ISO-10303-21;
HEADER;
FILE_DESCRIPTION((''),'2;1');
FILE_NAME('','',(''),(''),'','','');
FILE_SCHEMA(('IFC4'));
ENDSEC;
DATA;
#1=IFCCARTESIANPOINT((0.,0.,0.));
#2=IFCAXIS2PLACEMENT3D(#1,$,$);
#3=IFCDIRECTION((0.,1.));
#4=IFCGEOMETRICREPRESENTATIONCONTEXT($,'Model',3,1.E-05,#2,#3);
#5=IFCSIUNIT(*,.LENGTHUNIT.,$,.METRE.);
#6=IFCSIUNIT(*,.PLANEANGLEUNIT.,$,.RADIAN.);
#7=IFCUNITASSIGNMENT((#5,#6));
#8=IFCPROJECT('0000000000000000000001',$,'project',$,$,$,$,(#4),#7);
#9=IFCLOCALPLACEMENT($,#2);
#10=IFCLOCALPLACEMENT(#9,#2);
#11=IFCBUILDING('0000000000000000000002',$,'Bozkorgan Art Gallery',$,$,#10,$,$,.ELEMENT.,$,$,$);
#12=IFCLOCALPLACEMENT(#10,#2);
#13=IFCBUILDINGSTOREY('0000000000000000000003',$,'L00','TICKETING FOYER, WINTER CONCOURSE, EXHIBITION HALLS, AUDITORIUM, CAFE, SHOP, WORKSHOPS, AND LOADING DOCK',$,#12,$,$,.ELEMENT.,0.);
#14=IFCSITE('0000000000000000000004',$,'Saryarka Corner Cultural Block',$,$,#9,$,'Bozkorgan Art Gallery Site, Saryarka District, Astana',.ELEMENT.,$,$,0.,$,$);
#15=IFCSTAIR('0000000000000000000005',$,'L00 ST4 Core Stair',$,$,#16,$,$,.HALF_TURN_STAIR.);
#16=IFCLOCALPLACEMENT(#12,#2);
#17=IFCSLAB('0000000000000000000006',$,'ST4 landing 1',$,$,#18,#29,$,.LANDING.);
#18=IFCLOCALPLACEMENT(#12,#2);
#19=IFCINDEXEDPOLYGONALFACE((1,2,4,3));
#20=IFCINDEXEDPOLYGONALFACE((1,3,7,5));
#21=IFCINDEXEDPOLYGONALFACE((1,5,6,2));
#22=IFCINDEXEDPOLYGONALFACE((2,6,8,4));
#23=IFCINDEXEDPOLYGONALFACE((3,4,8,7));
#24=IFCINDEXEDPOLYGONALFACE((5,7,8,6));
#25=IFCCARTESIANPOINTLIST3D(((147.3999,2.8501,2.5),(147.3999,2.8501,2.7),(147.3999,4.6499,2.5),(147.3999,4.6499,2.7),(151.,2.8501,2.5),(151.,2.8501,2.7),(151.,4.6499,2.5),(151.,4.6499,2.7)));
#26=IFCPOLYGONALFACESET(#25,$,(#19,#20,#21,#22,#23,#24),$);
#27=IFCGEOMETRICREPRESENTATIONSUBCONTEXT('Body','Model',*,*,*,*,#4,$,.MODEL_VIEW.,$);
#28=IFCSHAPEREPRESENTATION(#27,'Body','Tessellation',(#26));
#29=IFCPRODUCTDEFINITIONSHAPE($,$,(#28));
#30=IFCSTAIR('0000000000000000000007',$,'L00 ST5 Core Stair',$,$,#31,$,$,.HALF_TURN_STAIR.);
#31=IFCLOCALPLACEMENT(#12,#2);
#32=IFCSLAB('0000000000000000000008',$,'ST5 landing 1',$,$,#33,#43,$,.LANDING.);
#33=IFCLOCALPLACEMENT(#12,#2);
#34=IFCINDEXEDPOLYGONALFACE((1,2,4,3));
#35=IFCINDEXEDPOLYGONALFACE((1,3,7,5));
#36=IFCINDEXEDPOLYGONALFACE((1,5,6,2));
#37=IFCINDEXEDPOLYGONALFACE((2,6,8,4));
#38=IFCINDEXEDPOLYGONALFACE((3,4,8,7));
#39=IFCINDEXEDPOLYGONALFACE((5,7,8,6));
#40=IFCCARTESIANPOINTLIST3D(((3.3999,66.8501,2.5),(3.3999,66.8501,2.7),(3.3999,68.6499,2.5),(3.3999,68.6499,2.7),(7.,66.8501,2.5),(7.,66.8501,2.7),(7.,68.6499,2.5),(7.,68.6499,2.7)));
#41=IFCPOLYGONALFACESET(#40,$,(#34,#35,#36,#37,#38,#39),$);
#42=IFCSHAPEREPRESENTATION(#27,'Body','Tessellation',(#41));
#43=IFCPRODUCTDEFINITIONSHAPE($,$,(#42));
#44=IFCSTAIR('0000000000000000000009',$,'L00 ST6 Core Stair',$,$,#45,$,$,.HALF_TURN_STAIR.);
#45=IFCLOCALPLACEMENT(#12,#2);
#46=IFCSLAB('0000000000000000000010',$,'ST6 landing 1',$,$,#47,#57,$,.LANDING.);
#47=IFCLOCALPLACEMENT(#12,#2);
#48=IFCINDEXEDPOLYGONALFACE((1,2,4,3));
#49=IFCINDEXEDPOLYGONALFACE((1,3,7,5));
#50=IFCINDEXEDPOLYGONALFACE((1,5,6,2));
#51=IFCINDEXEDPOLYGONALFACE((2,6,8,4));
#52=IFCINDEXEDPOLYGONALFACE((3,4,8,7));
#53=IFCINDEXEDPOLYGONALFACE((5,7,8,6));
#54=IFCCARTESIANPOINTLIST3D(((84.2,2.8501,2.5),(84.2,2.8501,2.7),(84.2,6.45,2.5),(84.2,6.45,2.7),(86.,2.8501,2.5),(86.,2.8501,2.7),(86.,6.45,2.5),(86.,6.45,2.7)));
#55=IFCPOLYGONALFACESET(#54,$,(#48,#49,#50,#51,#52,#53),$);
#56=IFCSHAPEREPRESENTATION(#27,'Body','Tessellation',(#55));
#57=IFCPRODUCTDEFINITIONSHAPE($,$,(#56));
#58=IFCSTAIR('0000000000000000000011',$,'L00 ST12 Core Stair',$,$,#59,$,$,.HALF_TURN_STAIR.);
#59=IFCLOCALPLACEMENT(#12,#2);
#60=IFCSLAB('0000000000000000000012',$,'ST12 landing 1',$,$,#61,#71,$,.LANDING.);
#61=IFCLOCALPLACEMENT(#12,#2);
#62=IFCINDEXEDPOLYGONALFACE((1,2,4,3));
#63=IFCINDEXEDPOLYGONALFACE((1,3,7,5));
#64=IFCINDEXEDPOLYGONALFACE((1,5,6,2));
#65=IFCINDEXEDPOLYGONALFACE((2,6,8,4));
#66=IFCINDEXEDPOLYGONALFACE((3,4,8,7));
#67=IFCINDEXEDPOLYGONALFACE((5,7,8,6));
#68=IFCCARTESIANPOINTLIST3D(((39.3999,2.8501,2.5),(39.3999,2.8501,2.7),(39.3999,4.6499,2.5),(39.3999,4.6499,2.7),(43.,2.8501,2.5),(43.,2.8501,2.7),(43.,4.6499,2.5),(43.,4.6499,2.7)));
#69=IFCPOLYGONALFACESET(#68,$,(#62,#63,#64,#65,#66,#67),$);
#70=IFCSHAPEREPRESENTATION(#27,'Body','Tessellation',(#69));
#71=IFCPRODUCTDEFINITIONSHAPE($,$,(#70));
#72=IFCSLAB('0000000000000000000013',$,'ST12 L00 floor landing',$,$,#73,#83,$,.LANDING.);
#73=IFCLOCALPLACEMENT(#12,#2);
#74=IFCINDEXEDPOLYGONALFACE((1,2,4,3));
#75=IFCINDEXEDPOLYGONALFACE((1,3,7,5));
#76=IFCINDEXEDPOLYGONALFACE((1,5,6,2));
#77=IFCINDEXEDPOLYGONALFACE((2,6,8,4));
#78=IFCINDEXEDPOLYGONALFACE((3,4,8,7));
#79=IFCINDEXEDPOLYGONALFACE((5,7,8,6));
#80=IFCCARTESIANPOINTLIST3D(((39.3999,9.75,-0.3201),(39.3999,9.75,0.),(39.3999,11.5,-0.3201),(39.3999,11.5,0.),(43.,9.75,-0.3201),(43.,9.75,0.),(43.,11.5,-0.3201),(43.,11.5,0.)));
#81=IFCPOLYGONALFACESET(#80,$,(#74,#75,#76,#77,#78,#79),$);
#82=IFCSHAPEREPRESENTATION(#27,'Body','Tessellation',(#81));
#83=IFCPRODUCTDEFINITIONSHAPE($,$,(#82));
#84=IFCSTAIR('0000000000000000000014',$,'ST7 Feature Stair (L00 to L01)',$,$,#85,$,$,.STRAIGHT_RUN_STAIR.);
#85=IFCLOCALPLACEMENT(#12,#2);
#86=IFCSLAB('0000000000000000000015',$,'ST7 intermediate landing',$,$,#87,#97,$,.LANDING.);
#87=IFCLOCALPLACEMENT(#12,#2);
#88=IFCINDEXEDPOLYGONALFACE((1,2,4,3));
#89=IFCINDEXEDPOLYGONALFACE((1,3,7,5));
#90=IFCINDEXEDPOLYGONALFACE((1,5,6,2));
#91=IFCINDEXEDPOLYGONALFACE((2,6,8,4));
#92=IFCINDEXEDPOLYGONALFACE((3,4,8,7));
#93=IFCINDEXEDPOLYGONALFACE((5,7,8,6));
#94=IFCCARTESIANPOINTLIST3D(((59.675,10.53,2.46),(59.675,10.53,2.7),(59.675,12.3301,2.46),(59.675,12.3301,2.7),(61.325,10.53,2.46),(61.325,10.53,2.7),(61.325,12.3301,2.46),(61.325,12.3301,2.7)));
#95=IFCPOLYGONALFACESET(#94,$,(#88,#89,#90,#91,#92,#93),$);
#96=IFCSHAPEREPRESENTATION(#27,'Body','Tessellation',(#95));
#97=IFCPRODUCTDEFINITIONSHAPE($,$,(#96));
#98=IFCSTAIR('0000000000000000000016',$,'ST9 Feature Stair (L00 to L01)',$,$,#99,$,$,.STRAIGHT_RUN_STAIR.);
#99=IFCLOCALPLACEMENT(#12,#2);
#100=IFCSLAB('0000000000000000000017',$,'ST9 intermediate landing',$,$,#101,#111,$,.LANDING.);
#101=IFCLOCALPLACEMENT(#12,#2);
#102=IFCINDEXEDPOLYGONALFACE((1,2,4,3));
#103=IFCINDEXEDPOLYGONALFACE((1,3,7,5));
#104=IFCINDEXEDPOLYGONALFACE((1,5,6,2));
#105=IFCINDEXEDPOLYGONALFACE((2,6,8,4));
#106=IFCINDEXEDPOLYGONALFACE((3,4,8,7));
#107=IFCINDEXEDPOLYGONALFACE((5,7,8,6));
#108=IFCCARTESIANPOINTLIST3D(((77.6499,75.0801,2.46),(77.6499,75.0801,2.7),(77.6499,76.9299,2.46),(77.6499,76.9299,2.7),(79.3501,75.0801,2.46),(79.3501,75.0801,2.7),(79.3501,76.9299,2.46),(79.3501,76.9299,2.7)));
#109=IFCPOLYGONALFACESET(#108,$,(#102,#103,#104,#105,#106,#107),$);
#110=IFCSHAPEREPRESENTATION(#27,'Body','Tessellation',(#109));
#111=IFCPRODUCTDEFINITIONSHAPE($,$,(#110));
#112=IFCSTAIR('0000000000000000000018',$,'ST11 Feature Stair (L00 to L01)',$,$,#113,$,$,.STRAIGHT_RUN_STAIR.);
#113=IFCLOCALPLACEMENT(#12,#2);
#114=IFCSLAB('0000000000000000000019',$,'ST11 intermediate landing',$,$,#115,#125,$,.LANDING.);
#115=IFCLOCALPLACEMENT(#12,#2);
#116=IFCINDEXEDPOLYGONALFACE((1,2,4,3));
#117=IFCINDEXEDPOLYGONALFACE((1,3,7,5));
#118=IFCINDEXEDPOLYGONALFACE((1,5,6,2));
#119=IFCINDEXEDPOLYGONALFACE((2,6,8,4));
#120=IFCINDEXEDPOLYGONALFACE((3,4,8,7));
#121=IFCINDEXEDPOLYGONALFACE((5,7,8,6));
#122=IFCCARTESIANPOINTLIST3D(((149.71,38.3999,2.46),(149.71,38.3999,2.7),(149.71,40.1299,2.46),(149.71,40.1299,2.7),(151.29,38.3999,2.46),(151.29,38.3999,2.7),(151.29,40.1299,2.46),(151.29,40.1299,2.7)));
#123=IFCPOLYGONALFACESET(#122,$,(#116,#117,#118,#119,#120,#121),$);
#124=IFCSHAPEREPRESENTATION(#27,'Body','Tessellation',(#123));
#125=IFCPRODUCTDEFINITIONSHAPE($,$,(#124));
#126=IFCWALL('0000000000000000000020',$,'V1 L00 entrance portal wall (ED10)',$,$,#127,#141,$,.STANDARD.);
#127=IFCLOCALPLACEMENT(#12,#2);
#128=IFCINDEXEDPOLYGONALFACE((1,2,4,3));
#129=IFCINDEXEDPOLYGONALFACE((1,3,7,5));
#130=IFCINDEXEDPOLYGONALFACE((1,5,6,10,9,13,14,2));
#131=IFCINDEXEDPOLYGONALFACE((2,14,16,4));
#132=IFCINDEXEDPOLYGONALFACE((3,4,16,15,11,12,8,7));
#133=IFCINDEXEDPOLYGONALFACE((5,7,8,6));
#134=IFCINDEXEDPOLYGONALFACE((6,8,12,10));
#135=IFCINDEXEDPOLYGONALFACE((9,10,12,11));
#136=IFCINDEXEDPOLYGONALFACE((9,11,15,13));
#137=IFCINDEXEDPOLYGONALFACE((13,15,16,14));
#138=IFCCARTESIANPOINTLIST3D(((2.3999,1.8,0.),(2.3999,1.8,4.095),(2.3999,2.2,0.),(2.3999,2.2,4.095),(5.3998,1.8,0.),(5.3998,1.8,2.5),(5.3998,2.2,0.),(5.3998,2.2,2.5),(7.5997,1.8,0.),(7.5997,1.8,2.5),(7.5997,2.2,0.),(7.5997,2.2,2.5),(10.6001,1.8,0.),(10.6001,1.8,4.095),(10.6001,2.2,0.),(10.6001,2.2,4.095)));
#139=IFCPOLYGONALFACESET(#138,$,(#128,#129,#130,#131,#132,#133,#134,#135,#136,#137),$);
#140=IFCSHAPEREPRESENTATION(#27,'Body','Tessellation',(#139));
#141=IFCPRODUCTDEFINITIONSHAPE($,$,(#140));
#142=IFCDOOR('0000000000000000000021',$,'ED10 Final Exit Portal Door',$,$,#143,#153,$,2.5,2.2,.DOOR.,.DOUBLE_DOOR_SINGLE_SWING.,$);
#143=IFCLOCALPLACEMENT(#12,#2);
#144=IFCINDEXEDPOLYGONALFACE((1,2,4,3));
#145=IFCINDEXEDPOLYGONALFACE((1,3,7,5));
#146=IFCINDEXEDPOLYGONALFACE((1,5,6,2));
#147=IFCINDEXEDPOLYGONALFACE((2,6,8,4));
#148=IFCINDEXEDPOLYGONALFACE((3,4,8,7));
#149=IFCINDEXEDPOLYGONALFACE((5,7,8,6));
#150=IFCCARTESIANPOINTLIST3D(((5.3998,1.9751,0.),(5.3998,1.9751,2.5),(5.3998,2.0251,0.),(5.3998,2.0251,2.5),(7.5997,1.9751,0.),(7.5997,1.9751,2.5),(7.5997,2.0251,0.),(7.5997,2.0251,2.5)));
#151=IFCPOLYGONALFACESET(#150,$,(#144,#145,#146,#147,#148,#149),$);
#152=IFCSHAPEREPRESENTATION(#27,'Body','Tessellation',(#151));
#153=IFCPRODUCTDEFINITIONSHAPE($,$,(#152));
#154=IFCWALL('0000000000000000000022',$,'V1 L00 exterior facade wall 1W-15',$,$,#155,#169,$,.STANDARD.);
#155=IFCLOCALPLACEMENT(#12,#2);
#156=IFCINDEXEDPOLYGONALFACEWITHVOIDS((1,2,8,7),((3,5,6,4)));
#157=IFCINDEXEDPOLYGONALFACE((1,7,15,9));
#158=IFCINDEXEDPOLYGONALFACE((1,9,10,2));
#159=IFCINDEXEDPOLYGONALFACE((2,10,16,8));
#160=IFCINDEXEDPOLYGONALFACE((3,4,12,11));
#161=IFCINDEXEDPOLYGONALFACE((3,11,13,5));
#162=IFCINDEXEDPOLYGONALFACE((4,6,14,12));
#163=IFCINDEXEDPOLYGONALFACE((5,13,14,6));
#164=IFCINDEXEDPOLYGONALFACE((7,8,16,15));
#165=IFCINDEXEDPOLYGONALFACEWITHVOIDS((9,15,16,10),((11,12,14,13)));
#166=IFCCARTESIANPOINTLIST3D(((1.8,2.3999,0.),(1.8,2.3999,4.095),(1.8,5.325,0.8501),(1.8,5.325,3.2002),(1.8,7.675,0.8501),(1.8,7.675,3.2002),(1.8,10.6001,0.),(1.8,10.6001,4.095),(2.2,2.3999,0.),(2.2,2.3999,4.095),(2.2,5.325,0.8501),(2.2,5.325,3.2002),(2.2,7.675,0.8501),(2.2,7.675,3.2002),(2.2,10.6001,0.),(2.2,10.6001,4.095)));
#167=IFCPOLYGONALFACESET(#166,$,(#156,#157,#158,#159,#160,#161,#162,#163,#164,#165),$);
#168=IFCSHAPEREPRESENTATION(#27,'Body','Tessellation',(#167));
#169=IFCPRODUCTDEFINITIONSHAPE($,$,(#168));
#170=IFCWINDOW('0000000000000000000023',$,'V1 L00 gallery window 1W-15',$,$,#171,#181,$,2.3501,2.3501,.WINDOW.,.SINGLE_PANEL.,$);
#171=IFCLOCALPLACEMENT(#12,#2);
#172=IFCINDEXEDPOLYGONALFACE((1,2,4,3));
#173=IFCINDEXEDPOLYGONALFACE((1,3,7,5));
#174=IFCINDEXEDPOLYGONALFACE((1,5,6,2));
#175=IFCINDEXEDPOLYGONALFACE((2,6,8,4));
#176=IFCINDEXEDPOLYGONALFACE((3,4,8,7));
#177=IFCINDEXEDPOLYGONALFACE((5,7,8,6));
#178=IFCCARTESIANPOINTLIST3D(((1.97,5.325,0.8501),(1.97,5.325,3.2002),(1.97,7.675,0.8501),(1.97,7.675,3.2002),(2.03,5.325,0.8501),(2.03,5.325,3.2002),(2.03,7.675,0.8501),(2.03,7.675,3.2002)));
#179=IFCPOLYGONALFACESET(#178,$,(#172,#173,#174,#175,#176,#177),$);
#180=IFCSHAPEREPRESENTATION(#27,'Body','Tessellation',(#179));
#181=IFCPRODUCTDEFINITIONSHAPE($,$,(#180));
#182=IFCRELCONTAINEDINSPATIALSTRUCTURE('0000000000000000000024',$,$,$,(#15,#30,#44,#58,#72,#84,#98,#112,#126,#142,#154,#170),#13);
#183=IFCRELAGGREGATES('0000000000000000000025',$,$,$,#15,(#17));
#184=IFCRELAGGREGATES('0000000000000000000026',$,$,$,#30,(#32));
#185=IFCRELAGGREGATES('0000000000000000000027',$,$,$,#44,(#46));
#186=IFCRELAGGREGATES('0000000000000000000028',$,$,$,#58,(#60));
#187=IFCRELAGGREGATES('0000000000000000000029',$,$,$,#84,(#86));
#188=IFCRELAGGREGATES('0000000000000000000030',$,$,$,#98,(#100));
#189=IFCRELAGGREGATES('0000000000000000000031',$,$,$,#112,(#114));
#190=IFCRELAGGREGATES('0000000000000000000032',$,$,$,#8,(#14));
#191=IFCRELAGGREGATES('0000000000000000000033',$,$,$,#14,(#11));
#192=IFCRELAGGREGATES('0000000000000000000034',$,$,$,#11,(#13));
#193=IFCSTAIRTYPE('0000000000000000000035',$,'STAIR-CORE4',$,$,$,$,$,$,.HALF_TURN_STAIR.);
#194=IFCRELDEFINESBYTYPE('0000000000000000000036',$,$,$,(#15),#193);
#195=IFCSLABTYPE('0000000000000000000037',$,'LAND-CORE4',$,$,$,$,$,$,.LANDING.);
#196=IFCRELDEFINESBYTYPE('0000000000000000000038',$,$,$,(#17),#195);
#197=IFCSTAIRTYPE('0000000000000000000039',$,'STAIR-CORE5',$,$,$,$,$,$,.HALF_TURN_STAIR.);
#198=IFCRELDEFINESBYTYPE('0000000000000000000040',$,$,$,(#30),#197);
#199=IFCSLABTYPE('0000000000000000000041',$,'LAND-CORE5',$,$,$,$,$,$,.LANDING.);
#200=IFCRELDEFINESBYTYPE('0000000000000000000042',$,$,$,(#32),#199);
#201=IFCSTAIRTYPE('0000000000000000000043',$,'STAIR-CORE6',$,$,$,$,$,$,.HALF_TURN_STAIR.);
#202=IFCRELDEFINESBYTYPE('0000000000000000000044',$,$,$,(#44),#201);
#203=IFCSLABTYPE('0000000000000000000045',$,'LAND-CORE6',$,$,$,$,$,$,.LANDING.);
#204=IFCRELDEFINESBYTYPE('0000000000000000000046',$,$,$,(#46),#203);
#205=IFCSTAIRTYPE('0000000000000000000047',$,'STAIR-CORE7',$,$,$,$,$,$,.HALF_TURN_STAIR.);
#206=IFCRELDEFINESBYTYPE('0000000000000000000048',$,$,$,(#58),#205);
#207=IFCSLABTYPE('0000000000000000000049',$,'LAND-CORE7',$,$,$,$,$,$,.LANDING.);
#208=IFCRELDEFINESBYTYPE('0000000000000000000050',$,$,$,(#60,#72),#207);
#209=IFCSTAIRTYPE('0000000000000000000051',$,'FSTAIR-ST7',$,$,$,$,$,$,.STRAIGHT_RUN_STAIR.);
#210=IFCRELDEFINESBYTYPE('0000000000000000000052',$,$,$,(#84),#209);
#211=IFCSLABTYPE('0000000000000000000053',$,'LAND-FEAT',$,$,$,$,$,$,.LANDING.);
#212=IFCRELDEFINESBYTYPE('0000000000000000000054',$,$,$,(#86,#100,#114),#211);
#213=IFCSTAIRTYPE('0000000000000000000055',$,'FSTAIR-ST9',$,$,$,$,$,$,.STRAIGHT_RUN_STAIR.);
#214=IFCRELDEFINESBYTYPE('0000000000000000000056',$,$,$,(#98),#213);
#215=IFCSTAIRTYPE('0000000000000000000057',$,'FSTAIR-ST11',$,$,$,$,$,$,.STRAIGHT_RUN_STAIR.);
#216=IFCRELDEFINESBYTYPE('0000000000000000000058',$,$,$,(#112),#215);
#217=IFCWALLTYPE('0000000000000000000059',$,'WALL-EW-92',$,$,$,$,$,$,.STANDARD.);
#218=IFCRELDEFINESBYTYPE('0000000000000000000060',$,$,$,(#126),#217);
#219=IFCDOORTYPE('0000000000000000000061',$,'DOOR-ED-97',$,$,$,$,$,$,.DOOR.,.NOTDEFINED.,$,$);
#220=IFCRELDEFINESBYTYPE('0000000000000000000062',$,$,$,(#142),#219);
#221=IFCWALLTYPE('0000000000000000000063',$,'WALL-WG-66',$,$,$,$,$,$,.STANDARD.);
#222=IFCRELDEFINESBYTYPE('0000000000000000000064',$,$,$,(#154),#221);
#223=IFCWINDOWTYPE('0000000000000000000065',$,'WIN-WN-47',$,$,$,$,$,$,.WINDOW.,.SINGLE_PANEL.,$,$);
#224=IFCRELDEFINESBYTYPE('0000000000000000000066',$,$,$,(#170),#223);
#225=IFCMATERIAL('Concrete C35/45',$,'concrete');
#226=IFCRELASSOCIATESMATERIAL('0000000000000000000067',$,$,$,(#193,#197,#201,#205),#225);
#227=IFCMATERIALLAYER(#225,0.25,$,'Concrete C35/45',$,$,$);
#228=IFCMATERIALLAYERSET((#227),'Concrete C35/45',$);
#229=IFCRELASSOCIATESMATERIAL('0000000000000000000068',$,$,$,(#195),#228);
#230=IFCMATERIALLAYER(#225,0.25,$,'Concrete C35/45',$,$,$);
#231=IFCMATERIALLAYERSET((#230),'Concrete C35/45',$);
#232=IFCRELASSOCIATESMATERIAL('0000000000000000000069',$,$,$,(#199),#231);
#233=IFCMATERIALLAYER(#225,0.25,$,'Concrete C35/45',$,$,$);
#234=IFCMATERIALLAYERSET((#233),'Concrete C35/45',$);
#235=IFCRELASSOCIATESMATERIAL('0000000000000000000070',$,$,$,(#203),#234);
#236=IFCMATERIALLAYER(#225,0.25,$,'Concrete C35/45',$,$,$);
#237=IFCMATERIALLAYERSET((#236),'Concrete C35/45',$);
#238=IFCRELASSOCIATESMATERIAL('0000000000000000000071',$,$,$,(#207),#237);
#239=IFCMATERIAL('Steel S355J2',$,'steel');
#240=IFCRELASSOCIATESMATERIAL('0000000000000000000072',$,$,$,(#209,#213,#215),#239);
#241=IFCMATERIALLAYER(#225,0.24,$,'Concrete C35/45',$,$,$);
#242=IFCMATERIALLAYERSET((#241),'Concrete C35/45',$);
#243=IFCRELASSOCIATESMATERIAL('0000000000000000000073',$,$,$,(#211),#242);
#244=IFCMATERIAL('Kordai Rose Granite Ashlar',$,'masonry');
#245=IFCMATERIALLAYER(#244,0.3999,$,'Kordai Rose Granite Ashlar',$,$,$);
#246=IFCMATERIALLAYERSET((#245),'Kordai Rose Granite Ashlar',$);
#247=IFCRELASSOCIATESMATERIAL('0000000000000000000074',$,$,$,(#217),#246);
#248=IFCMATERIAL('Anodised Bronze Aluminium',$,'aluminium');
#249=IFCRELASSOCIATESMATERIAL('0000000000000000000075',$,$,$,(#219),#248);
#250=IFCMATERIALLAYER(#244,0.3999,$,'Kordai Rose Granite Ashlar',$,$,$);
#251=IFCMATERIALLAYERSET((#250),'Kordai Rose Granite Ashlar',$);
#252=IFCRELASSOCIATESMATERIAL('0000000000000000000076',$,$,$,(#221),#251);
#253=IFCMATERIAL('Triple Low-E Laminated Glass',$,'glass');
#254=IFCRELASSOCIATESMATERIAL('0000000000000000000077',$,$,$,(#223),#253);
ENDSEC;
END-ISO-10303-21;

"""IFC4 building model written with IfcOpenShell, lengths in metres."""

from ifc_helpers import new_model, si_unit, direction, frame, frame_2d, origin, place, context, subcontext, project, spatial, polyline, rectangle, outline, extrude, material, layer, layer_set, type_object, element, fill, aggregate, save


model = new_model("IFC4")

# Units and contexts
model_context = context("Model", 3, precision=1e-05, world=origin(), true_north=direction((0.0, 1.0)))
body_context = subcontext(model_context, "Body", "Model", "MODEL_VIEW")
ifc_project = project(units=[si_unit("LENGTHUNIT", "METRE"), si_unit("PLANEANGLEUNIT", "RADIAN")], contexts=[model_context])

# Site, building, storey
site_placement = place(None, origin())
site = spatial("IfcSite", under=ifc_project, at=site_placement, Name="Saryarka Corner Cultural Block", LongName="Bozkorgan Art Gallery Site, Saryarka District, Astana", CompositionType="ELEMENT", RefElevation=0.0)
building_placement = place(site_placement, origin())
building = spatial("IfcBuilding", under=site, at=building_placement, Name="Bozkorgan Art Gallery", CompositionType="ELEMENT")
storey_placement = place(building_placement, origin())
storey = spatial("IfcBuildingStorey", under=building, at=storey_placement, Name="L00", Description="TICKETING FOYER, WINTER CONCOURSE, EXHIBITION HALLS, AUDITORIUM, CAFE, SHOP, WORKSHOPS, AND LOADING DOCK", CompositionType="ELEMENT", Elevation=0.0)

# Shared definitions
ifc_material_1 = material(Name="Concrete C35/45", Category="concrete")
ifc_material_2 = material(Name="Steel S355J2", Category="steel")

# Stairs, slabs
stair_type_1 = type_object("IfcStairType", Name="STAIR-CORE4", PredefinedType="HALF_TURN_STAIR", material=ifc_material_1)
stair_1_placement = place(storey_placement, origin())
stair_1 = element("IfcStair", 1, at=stair_1_placement, inside=storey, type_object=stair_type_1, Name="L00 ST4 Core Stair", PredefinedType="HALF_TURN_STAIR")
ifc_layer_1 = layer(ifc_material_1, 0.25, Name="Concrete C35/45")
ifc_layer_set_1 = layer_set([ifc_layer_1], Name="Concrete C35/45")
slab_type_1 = type_object("IfcSlabType", Name="LAND-CORE4", PredefinedType="LANDING", material=ifc_layer_set_1)
slab_1_placement = place(storey_placement, frame((0.0, 0.0, 2.5)))
slab_1 = element("IfcSlab", 2, at=slab_1_placement, type_object=slab_type_1, Name="ST4 landing 1", PredefinedType="LANDING", context=body_context, shape_type="SweptSolid", body=[
    extrude(outline(polyline([(147.3999, 4.6499), (147.3999, 2.8501), (151.0, 2.8501), (151.0, 4.6499), (147.3999, 4.6499)])), origin(), (0.0, 0.0, 1.0), 0.2),
])
aggregate(stair_1, [slab_1])
stair_type_2 = type_object("IfcStairType", Name="STAIR-CORE5", PredefinedType="HALF_TURN_STAIR", material=ifc_material_1)
stair_2_placement = place(storey_placement, origin())
stair_2 = element("IfcStair", 3, at=stair_2_placement, inside=storey, type_object=stair_type_2, Name="L00 ST5 Core Stair", PredefinedType="HALF_TURN_STAIR")
ifc_layer_2 = layer(ifc_material_1, 0.25, Name="Concrete C35/45")
ifc_layer_set_2 = layer_set([ifc_layer_2], Name="Concrete C35/45")
slab_type_2 = type_object("IfcSlabType", Name="LAND-CORE5", PredefinedType="LANDING", material=ifc_layer_set_2)
slab_2_placement = place(storey_placement, frame((0.0, 0.0, 2.5)))
slab_2 = element("IfcSlab", 4, at=slab_2_placement, type_object=slab_type_2, Name="ST5 landing 1", PredefinedType="LANDING", context=body_context, shape_type="SweptSolid", body=[
    extrude(outline(polyline([(3.3999, 68.6499), (3.3999, 66.8501), (7.0, 66.8501), (7.0, 68.6499), (3.3999, 68.6499)])), origin(), (0.0, 0.0, 1.0), 0.2),
])
aggregate(stair_2, [slab_2])
stair_type_3 = type_object("IfcStairType", Name="STAIR-CORE6", PredefinedType="HALF_TURN_STAIR", material=ifc_material_1)
stair_3_placement = place(storey_placement, origin())
stair_3 = element("IfcStair", 5, at=stair_3_placement, inside=storey, type_object=stair_type_3, Name="L00 ST6 Core Stair", PredefinedType="HALF_TURN_STAIR")
ifc_layer_3 = layer(ifc_material_1, 0.25, Name="Concrete C35/45")
ifc_layer_set_3 = layer_set([ifc_layer_3], Name="Concrete C35/45")
slab_type_3 = type_object("IfcSlabType", Name="LAND-CORE6", PredefinedType="LANDING", material=ifc_layer_set_3)
slab_3_placement = place(storey_placement, frame((0.0, 0.0, 2.5)))
slab_3 = element("IfcSlab", 6, at=slab_3_placement, type_object=slab_type_3, Name="ST6 landing 1", PredefinedType="LANDING", context=body_context, shape_type="SweptSolid", body=[
    extrude(outline(polyline([(86.0, 6.45), (84.2, 6.45), (84.2, 2.8501), (86.0, 2.8501), (86.0, 6.45)])), origin(), (0.0, 0.0, 1.0), 0.2),
])
aggregate(stair_3, [slab_3])
stair_type_4 = type_object("IfcStairType", Name="STAIR-CORE7", PredefinedType="HALF_TURN_STAIR", material=ifc_material_1)
stair_4_placement = place(storey_placement, origin())
stair_4 = element("IfcStair", 7, at=stair_4_placement, inside=storey, type_object=stair_type_4, Name="L00 ST12 Core Stair", PredefinedType="HALF_TURN_STAIR")
ifc_layer_4 = layer(ifc_material_1, 0.25, Name="Concrete C35/45")
ifc_layer_set_4 = layer_set([ifc_layer_4], Name="Concrete C35/45")
slab_type_4 = type_object("IfcSlabType", Name="LAND-CORE7", PredefinedType="LANDING", material=ifc_layer_set_4)
slab_4_placement = place(storey_placement, frame((0.0, 0.0, 2.5)))
slab_4 = element("IfcSlab", 8, at=slab_4_placement, type_object=slab_type_4, Name="ST12 landing 1", PredefinedType="LANDING", context=body_context, shape_type="SweptSolid", body=[
    extrude(outline(polyline([(39.3999, 4.6499), (39.3999, 2.8501), (43.0, 2.8501), (43.0, 4.6499), (39.3999, 4.6499)])), origin(), (0.0, 0.0, 1.0), 0.2),
])
aggregate(stair_4, [slab_4])

# Slab
slab_5_placement = place(storey_placement, frame((0.0, 0.0, -0.3201)))
element("IfcSlab", 9, at=slab_5_placement, inside=storey, type_object=slab_type_4, Name="ST12 L00 floor landing", PredefinedType="LANDING", context=body_context, shape_type="SweptSolid", body=[
    extrude(outline(polyline([(39.3999, 9.75), (43.0, 9.75), (43.0, 11.5), (39.3999, 11.5), (39.3999, 9.75)])), origin(), (0.0, 0.0, 1.0), 0.3201),
])

# Stairs, slabs
stair_type_5 = type_object("IfcStairType", Name="FSTAIR-ST7", PredefinedType="STRAIGHT_RUN_STAIR", material=ifc_material_2)
stair_5_placement = place(storey_placement, origin())
stair_5 = element("IfcStair", 10, at=stair_5_placement, inside=storey, type_object=stair_type_5, Name="ST7 Feature Stair (L00 to L01)", PredefinedType="STRAIGHT_RUN_STAIR")
ifc_layer_5 = layer(ifc_material_1, 0.24, Name="Concrete C35/45")
ifc_layer_set_5 = layer_set([ifc_layer_5], Name="Concrete C35/45")
slab_type_5 = type_object("IfcSlabType", Name="LAND-FEAT", PredefinedType="LANDING", material=ifc_layer_set_5)
slab_6_placement = place(storey_placement, frame((0.0, 0.0, 2.46)))
slab_6 = element("IfcSlab", 11, at=slab_6_placement, type_object=slab_type_5, Name="ST7 intermediate landing", PredefinedType="LANDING", context=body_context, shape_type="SweptSolid", body=[
    extrude(outline(polyline([(59.675, 10.53), (61.325, 10.53), (61.325, 12.3301), (59.675, 12.3301), (59.675, 10.53)])), origin(), (0.0, 0.0, 1.0), 0.24),
])
aggregate(stair_5, [slab_6])
stair_type_6 = type_object("IfcStairType", Name="FSTAIR-ST9", PredefinedType="STRAIGHT_RUN_STAIR", material=ifc_material_2)
stair_6_placement = place(storey_placement, origin())
stair_6 = element("IfcStair", 12, at=stair_6_placement, inside=storey, type_object=stair_type_6, Name="ST9 Feature Stair (L00 to L01)", PredefinedType="STRAIGHT_RUN_STAIR")
slab_7_placement = place(storey_placement, frame((0.0, 0.0, 2.46)))
slab_7 = element("IfcSlab", 13, at=slab_7_placement, type_object=slab_type_5, Name="ST9 intermediate landing", PredefinedType="LANDING", context=body_context, shape_type="SweptSolid", body=[
    extrude(outline(polyline([(77.6499, 75.0801), (79.3501, 75.0801), (79.3501, 76.9299), (77.6499, 76.9299), (77.6499, 75.0801)])), origin(), (0.0, 0.0, 1.0), 0.24),
])
aggregate(stair_6, [slab_7])
stair_type_7 = type_object("IfcStairType", Name="FSTAIR-ST11", PredefinedType="STRAIGHT_RUN_STAIR", material=ifc_material_2)
stair_7_placement = place(storey_placement, origin())
stair_7 = element("IfcStair", 14, at=stair_7_placement, inside=storey, type_object=stair_type_7, Name="ST11 Feature Stair (L00 to L01)", PredefinedType="STRAIGHT_RUN_STAIR")
slab_8_placement = place(storey_placement, frame((0.0, 0.0, 2.46)))
slab_8 = element("IfcSlab", 15, at=slab_8_placement, type_object=slab_type_5, Name="ST11 intermediate landing", PredefinedType="LANDING", context=body_context, shape_type="SweptSolid", body=[
    extrude(outline(polyline([(149.71, 38.3999), (151.29, 38.3999), (151.29, 40.1299), (149.71, 40.1299), (149.71, 38.3999)])), origin(), (0.0, 0.0, 1.0), 0.24),
])
aggregate(stair_7, [slab_8])

# Wall, opening, door
ifc_material_3 = material(Name="Kordai Rose Granite Ashlar", Category="masonry")
ifc_layer_6 = layer(ifc_material_3, 0.3999, Name="Kordai Rose Granite Ashlar")
ifc_layer_set_6 = layer_set([ifc_layer_6], Name="Kordai Rose Granite Ashlar")
wall_type_1 = type_object("IfcWallType", Name="WALL-EW-92", PredefinedType="STANDARD", material=ifc_layer_set_6)
wall_1_placement = place(storey_placement, frame((2.3999, 2.0, 0.0), z_axis=(0.0, 0.0, 1.0), x_axis=(1.0, 0.0, 0.0)))
wall_1 = element("IfcWall", 16, at=wall_1_placement, inside=storey, type_object=wall_type_1, Name="V1 L00 entrance portal wall (ED10)", PredefinedType="STANDARD", context=body_context, shape_type="SweptSolid", body=[
    extrude(rectangle(XDim=8.2002, YDim=0.3999, at=frame_2d((4.1001, 0.0))), origin(), (0.0, 0.0, 1.0), 4.095),
])
opening_1_placement = place(wall_1_placement, frame((5.2, 0.0, 0.0), z_axis=(0.0, 0.0, 1.0), x_axis=(-1.0, 0.0, 0.0)))
opening_1 = element("IfcOpeningElement", 17, at=opening_1_placement, cuts=wall_1, PredefinedType="OPENING", context=body_context, shape_type="SweptSolid", body=[
    extrude(rectangle(XDim=2.2, YDim=2.5, at=frame_2d((1.1001, 1.25))), frame((0.0, 0.21, 0.0), z_axis=(0.0, -1.0, 0.0), x_axis=(1.0, 0.0, 0.0)), (0.0, 0.0, 1.0), 0.4199),
])
ifc_material_4 = material(Name="Anodised Bronze Aluminium", Category="aluminium")
door_type = type_object("IfcDoorType", Name="DOOR-ED-97", OperationType="NOTDEFINED", PredefinedType="DOOR", material=ifc_material_4)
door_placement = place(opening_1_placement, origin())
door = element("IfcDoor", 18, at=door_placement, inside=storey, type_object=door_type, Name="ED10 Final Exit Portal Door", OperationType="DOUBLE_DOOR_SINGLE_SWING", OverallHeight=2.5, OverallWidth=2.2, PredefinedType="DOOR", context=body_context, shape_type="SweptSolid", body=[
    extrude(rectangle(XDim=2.2, YDim=2.5, at=frame_2d((1.1001, 1.25))), frame((0.0, 0.0249, 0.0), z_axis=(0.0, -1.0, 0.0), x_axis=(1.0, 0.0, 0.0)), (0.0, 0.0, 1.0), 0.05),
])
fill(opening_1, door)

# Wall, opening, window
ifc_layer_7 = layer(ifc_material_3, 0.3999, Name="Kordai Rose Granite Ashlar")
ifc_layer_set_7 = layer_set([ifc_layer_7], Name="Kordai Rose Granite Ashlar")
wall_type_2 = type_object("IfcWallType", Name="WALL-WG-66", PredefinedType="STANDARD", material=ifc_layer_set_7)
wall_2_placement = place(storey_placement, frame((2.0, 2.3999, 0.0), z_axis=(0.0, 0.0, 1.0), x_axis=(0.0, 1.0, 0.0)))
wall_2 = element("IfcWall", 19, at=wall_2_placement, inside=storey, type_object=wall_type_2, Name="V1 L00 exterior facade wall 1W-15", PredefinedType="STANDARD", context=body_context, shape_type="SweptSolid", body=[
    extrude(rectangle(XDim=8.2002, YDim=0.3999, at=frame_2d((4.1001, 0.0))), origin(), (0.0, 0.0, 1.0), 4.095),
])
opening_2_placement = place(wall_2_placement, frame((2.925, 0.0, 0.8501)))
opening_2 = element("IfcOpeningElement", 20, at=opening_2_placement, cuts=wall_2, PredefinedType="OPENING", context=body_context, shape_type="SweptSolid", body=[
    extrude(rectangle(XDim=2.3501, YDim=2.3501, at=frame_2d((1.175, 1.175))), frame((0.0, 0.21, 0.0), z_axis=(0.0, -1.0, 0.0), x_axis=(1.0, 0.0, 0.0)), (0.0, 0.0, 1.0), 0.4199),
])
ifc_material_5 = material(Name="Triple Low-E Laminated Glass", Category="glass")
window_type = type_object("IfcWindowType", Name="WIN-WN-47", PartitioningType="SINGLE_PANEL", PredefinedType="WINDOW", material=ifc_material_5)
window_placement = place(opening_2_placement, origin())
window = element("IfcWindow", 21, at=window_placement, inside=storey, type_object=window_type, Name="V1 L00 gallery window 1W-15", OverallHeight=2.3501, OverallWidth=2.3501, PartitioningType="SINGLE_PANEL", PredefinedType="WINDOW", context=body_context, shape_type="SweptSolid", body=[
    extrude(rectangle(XDim=2.3501, YDim=2.3501, at=frame_2d((1.175, 1.175))), frame((0.0, 0.03, 0.0), z_axis=(0.0, -1.0, 0.0), x_axis=(1.0, 0.0, 0.0)), (0.0, 0.0, 1.0), 0.0601),
])
fill(opening_2, window)

save(model, "model.ifc")
